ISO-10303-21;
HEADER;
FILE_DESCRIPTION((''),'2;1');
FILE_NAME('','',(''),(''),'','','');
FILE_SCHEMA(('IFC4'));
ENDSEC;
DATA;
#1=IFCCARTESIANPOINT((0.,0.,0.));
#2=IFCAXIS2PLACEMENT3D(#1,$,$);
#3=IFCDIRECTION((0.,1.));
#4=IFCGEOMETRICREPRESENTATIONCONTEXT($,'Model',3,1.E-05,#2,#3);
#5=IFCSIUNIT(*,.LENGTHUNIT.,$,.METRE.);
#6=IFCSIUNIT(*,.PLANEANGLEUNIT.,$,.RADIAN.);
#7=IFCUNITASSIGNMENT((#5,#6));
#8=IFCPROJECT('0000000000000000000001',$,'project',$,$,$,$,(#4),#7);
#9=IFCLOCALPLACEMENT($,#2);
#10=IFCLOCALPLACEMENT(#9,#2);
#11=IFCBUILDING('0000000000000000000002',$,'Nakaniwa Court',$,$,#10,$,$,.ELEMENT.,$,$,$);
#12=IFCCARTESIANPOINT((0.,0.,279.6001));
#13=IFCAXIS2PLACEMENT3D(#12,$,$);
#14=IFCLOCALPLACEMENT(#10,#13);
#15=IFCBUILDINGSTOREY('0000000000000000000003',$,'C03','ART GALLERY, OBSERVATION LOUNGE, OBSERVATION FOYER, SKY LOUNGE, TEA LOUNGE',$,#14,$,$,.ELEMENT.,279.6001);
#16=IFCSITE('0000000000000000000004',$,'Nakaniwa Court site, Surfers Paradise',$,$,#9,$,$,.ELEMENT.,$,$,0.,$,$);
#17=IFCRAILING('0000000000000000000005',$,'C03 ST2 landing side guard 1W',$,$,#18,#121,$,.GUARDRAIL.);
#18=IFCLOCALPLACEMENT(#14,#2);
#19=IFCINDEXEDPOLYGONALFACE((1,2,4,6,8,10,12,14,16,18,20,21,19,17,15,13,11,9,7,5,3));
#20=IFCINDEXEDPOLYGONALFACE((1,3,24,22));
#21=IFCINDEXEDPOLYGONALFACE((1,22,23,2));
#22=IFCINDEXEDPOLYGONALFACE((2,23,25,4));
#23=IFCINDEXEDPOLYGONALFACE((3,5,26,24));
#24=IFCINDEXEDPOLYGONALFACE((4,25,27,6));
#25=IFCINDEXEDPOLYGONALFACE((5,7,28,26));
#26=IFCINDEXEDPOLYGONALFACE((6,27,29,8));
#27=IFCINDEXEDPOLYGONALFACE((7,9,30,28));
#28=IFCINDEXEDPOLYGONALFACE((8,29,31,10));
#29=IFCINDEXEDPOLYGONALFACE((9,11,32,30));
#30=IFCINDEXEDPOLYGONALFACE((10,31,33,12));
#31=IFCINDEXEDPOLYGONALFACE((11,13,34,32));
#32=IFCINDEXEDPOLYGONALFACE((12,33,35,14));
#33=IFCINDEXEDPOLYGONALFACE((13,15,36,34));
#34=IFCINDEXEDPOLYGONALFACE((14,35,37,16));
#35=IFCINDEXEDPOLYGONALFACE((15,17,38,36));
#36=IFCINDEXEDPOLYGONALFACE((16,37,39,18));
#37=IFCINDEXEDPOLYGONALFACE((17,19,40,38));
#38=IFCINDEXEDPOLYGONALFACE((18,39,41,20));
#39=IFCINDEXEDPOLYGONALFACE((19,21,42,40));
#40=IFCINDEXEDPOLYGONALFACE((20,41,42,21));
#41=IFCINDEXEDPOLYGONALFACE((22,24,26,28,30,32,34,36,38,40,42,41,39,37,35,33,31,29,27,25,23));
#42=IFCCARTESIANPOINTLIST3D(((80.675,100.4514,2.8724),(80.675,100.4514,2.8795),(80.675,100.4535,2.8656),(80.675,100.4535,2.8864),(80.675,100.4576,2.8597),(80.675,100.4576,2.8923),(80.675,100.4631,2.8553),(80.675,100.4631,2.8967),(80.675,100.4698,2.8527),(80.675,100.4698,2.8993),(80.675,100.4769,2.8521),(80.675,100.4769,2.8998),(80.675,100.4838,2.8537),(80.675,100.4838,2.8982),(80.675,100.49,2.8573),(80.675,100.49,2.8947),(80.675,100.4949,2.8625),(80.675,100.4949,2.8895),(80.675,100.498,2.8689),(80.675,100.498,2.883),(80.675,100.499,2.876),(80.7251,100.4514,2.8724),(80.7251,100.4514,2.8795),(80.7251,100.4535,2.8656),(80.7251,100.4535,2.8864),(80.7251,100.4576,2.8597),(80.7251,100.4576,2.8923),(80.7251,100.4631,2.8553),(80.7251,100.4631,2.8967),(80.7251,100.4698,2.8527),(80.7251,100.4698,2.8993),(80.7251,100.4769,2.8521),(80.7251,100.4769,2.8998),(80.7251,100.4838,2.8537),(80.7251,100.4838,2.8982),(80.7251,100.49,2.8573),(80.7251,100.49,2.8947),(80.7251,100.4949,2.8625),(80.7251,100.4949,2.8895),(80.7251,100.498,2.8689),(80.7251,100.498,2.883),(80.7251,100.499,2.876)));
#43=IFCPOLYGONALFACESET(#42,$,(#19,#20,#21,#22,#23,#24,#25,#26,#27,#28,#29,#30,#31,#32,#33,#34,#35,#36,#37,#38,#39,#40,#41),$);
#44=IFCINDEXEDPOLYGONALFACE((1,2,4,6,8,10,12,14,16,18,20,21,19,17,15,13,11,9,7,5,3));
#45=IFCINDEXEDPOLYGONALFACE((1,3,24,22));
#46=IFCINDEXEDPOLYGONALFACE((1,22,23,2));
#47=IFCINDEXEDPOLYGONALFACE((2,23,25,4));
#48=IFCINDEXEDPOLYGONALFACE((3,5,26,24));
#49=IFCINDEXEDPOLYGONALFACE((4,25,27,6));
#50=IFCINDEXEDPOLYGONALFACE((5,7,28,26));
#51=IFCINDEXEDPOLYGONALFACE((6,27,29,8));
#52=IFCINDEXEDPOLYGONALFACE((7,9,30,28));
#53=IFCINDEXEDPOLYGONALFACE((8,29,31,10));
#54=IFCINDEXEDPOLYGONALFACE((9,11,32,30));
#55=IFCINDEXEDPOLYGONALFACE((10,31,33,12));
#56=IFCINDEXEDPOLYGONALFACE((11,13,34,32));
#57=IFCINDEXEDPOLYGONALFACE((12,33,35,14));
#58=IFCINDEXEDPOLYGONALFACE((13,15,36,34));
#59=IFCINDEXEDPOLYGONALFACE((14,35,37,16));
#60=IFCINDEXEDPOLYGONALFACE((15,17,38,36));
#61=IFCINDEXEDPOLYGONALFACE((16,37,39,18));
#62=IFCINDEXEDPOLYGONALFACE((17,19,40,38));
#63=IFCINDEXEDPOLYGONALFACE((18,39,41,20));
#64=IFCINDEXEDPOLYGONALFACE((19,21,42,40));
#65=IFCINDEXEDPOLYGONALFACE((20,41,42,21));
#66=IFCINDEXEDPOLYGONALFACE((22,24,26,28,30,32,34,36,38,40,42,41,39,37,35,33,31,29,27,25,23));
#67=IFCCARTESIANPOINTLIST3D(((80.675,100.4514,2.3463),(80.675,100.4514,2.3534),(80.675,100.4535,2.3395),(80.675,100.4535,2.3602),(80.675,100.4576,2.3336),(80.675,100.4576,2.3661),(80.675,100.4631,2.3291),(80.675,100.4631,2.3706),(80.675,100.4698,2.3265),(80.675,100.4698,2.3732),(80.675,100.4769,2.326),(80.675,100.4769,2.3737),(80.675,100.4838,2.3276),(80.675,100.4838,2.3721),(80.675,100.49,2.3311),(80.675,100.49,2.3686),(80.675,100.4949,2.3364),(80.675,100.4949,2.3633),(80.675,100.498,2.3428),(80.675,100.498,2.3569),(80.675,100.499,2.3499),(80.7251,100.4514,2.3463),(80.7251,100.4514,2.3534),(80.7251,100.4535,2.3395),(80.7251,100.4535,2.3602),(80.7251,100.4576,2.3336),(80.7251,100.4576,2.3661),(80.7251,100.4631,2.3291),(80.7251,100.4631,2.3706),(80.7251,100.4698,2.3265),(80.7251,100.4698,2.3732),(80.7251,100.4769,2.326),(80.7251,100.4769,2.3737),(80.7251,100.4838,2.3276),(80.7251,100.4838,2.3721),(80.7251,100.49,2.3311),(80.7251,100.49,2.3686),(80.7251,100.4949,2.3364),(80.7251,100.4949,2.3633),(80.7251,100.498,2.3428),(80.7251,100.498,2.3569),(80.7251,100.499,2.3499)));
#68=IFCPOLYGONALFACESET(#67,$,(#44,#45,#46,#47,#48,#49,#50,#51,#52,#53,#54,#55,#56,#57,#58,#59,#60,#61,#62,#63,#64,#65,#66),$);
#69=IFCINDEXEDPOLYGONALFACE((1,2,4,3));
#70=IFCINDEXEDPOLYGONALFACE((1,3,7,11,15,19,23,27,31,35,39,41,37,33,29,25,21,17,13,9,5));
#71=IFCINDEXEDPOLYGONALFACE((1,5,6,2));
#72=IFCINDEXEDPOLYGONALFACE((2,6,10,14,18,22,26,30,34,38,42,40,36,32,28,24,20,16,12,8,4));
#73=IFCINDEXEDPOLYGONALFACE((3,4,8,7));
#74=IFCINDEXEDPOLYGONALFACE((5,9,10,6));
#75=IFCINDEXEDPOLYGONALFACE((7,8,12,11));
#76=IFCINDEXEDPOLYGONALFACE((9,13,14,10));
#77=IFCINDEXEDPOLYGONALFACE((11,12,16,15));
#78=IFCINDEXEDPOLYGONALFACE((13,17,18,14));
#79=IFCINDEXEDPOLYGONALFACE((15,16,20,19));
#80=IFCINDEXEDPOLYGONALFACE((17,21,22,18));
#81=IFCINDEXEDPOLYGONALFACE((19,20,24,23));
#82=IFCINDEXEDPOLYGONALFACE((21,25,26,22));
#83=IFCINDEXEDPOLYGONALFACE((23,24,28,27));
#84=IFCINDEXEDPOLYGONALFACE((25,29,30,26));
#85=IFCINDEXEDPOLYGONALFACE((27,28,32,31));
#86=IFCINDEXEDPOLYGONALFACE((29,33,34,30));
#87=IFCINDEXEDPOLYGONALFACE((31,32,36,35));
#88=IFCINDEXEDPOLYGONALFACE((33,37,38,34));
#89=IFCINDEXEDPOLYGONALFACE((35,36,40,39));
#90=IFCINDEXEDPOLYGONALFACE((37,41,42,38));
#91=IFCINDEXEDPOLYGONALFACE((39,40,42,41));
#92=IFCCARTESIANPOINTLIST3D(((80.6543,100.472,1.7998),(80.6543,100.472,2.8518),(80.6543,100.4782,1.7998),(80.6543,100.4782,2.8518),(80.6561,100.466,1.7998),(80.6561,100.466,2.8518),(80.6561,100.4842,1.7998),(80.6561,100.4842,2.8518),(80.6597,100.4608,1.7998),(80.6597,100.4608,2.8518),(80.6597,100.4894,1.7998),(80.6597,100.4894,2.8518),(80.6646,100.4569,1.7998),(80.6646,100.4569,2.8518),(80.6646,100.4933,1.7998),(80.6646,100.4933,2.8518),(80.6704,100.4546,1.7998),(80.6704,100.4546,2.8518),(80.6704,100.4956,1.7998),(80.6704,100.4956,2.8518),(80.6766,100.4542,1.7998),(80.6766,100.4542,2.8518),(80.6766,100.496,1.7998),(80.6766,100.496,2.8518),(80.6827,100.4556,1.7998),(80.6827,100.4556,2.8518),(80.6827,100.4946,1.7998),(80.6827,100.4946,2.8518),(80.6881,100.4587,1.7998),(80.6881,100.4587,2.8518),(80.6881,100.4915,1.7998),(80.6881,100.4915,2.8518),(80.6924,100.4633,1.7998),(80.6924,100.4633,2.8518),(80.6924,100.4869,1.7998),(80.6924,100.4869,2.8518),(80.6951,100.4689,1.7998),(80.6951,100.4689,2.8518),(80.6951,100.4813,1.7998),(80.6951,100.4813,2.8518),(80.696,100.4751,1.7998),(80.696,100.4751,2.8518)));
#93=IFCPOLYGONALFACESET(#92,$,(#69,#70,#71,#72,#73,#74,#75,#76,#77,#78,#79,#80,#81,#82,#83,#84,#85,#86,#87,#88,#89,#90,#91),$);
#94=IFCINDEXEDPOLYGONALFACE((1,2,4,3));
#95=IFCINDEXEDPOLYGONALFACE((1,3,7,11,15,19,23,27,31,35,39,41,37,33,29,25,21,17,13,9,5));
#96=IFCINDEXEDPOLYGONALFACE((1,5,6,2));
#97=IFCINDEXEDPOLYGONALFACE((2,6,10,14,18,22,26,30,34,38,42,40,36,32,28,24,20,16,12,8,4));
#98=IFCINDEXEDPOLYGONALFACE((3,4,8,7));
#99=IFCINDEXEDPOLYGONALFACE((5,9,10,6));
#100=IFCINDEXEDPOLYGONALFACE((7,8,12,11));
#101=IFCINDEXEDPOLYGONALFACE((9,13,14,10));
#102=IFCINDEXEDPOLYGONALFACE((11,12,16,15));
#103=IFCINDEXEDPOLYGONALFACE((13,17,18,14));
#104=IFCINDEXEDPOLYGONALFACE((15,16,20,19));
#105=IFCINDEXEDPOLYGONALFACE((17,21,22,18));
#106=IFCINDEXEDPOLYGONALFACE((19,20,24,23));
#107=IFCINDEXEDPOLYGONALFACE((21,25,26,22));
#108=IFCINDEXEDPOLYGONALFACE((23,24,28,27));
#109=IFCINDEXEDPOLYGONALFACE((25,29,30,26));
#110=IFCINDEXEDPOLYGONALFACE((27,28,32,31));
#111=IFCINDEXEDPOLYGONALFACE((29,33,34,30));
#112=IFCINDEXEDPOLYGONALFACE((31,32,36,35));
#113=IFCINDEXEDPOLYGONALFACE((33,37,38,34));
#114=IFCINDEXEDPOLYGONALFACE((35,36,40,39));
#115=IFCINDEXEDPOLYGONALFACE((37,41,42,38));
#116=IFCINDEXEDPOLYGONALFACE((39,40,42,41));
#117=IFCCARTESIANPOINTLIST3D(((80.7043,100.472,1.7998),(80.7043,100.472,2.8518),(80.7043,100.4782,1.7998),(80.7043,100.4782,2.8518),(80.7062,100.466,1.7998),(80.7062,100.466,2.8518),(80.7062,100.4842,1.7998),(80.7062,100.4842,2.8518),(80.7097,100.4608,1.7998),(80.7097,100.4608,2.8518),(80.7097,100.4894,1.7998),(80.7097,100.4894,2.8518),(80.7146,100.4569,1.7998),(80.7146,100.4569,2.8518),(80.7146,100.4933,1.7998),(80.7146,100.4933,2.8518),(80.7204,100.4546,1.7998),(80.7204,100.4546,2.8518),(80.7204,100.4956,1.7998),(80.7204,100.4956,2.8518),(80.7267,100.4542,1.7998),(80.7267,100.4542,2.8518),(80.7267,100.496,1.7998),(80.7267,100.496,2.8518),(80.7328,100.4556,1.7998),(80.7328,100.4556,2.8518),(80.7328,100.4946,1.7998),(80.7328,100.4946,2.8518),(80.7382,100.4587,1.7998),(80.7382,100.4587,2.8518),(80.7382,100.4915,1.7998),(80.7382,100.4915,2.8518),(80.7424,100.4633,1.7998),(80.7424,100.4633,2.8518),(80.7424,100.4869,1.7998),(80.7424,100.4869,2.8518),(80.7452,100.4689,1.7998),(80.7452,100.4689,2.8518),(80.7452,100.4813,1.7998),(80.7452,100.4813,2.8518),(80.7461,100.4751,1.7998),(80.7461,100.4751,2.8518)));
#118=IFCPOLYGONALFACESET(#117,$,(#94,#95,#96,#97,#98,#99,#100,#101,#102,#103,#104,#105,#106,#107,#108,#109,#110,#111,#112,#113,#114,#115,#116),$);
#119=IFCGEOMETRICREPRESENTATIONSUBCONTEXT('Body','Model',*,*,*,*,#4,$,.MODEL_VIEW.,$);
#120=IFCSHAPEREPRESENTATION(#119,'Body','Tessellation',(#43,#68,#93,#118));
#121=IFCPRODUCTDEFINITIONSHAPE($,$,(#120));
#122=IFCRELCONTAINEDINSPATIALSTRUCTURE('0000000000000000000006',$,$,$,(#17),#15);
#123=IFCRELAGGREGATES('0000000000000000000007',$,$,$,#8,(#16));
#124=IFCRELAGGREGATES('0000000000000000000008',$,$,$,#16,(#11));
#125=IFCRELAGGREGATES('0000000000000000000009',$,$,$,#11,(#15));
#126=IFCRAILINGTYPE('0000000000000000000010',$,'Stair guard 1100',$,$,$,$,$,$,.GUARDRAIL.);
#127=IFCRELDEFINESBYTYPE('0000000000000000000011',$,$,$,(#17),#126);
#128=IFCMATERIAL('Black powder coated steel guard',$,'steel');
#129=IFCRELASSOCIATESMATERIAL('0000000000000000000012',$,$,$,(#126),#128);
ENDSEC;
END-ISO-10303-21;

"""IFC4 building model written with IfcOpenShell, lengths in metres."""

from ifc_helpers import new_model, si_unit, direction, frame, origin, origin_2d, place, context, subcontext, project, spatial, circle, extrude, material, type_object, element, save


model = new_model("IFC4")

# Units and contexts
model_context = context("Model", 3, precision=1e-05, world=origin(), true_north=direction((0.0, 1.0)))
body_context = subcontext(model_context, "Body", "Model", "MODEL_VIEW")
ifc_project = project(units=[si_unit("LENGTHUNIT", "METRE"), si_unit("PLANEANGLEUNIT", "RADIAN")], contexts=[model_context])

# Site, building, storey
site_placement = place(None, origin())
site = spatial("IfcSite", under=ifc_project, at=site_placement, Name="Nakaniwa Court site, Surfers Paradise", CompositionType="ELEMENT", RefElevation=0.0)
building_placement = place(site_placement, origin())
building = spatial("IfcBuilding", under=site, at=building_placement, Name="Nakaniwa Court", CompositionType="ELEMENT")
storey_placement = place(building_placement, frame((0.0, 0.0, 279.6001)))
storey = spatial("IfcBuildingStorey", under=building, at=storey_placement, Name="C03", Description="ART GALLERY, OBSERVATION LOUNGE, OBSERVATION FOYER, SKY LOUNGE, TEA LOUNGE", CompositionType="ELEMENT", Elevation=279.6001)

# Railing
ifc_material_1 = material(Name="Black powder coated steel guard", Category="steel")
railing_type_1 = type_object("IfcRailingType", Name="Stair guard 1100", PredefinedType="GUARDRAIL", material=ifc_material_1)
for number, where, name in (
    (1, (80.675, 100.4751, 1.7998), "C03 ST2 landing side guard 1W"),
):
    element("IfcRailing", number, at=place(storey_placement, frame(where)), inside=storey, type_object=railing_type_1, Name=name, PredefinedType="GUARDRAIL", context=body_context, shape_type="SweptSolid", body=[
        extrude(circle(Radius=0.0239, at=origin_2d()), frame((0.0, 0.0, 1.0762), z_axis=(1.0, 0.0, 0.0), x_axis=(0.0, 1.0, 0.0)), (0.0, 0.0, 1.0), 0.05),
        extrude(circle(Radius=0.0239, at=origin_2d()), frame((0.0, 0.0, 0.55), z_axis=(1.0, 0.0, 0.0), x_axis=(0.0, 1.0, 0.0)), (0.0, 0.0, 1.0), 0.05),
        extrude(circle(Radius=0.021, at=origin_2d()), origin(), (0.0, 0.0, 1.0), 1.052),
        extrude(circle(Radius=0.021, at=origin_2d()), frame((0.05, 0.0, 0.0)), (0.0, 0.0, 1.0), 1.052),
    ])

save(model, "model.ifc")
